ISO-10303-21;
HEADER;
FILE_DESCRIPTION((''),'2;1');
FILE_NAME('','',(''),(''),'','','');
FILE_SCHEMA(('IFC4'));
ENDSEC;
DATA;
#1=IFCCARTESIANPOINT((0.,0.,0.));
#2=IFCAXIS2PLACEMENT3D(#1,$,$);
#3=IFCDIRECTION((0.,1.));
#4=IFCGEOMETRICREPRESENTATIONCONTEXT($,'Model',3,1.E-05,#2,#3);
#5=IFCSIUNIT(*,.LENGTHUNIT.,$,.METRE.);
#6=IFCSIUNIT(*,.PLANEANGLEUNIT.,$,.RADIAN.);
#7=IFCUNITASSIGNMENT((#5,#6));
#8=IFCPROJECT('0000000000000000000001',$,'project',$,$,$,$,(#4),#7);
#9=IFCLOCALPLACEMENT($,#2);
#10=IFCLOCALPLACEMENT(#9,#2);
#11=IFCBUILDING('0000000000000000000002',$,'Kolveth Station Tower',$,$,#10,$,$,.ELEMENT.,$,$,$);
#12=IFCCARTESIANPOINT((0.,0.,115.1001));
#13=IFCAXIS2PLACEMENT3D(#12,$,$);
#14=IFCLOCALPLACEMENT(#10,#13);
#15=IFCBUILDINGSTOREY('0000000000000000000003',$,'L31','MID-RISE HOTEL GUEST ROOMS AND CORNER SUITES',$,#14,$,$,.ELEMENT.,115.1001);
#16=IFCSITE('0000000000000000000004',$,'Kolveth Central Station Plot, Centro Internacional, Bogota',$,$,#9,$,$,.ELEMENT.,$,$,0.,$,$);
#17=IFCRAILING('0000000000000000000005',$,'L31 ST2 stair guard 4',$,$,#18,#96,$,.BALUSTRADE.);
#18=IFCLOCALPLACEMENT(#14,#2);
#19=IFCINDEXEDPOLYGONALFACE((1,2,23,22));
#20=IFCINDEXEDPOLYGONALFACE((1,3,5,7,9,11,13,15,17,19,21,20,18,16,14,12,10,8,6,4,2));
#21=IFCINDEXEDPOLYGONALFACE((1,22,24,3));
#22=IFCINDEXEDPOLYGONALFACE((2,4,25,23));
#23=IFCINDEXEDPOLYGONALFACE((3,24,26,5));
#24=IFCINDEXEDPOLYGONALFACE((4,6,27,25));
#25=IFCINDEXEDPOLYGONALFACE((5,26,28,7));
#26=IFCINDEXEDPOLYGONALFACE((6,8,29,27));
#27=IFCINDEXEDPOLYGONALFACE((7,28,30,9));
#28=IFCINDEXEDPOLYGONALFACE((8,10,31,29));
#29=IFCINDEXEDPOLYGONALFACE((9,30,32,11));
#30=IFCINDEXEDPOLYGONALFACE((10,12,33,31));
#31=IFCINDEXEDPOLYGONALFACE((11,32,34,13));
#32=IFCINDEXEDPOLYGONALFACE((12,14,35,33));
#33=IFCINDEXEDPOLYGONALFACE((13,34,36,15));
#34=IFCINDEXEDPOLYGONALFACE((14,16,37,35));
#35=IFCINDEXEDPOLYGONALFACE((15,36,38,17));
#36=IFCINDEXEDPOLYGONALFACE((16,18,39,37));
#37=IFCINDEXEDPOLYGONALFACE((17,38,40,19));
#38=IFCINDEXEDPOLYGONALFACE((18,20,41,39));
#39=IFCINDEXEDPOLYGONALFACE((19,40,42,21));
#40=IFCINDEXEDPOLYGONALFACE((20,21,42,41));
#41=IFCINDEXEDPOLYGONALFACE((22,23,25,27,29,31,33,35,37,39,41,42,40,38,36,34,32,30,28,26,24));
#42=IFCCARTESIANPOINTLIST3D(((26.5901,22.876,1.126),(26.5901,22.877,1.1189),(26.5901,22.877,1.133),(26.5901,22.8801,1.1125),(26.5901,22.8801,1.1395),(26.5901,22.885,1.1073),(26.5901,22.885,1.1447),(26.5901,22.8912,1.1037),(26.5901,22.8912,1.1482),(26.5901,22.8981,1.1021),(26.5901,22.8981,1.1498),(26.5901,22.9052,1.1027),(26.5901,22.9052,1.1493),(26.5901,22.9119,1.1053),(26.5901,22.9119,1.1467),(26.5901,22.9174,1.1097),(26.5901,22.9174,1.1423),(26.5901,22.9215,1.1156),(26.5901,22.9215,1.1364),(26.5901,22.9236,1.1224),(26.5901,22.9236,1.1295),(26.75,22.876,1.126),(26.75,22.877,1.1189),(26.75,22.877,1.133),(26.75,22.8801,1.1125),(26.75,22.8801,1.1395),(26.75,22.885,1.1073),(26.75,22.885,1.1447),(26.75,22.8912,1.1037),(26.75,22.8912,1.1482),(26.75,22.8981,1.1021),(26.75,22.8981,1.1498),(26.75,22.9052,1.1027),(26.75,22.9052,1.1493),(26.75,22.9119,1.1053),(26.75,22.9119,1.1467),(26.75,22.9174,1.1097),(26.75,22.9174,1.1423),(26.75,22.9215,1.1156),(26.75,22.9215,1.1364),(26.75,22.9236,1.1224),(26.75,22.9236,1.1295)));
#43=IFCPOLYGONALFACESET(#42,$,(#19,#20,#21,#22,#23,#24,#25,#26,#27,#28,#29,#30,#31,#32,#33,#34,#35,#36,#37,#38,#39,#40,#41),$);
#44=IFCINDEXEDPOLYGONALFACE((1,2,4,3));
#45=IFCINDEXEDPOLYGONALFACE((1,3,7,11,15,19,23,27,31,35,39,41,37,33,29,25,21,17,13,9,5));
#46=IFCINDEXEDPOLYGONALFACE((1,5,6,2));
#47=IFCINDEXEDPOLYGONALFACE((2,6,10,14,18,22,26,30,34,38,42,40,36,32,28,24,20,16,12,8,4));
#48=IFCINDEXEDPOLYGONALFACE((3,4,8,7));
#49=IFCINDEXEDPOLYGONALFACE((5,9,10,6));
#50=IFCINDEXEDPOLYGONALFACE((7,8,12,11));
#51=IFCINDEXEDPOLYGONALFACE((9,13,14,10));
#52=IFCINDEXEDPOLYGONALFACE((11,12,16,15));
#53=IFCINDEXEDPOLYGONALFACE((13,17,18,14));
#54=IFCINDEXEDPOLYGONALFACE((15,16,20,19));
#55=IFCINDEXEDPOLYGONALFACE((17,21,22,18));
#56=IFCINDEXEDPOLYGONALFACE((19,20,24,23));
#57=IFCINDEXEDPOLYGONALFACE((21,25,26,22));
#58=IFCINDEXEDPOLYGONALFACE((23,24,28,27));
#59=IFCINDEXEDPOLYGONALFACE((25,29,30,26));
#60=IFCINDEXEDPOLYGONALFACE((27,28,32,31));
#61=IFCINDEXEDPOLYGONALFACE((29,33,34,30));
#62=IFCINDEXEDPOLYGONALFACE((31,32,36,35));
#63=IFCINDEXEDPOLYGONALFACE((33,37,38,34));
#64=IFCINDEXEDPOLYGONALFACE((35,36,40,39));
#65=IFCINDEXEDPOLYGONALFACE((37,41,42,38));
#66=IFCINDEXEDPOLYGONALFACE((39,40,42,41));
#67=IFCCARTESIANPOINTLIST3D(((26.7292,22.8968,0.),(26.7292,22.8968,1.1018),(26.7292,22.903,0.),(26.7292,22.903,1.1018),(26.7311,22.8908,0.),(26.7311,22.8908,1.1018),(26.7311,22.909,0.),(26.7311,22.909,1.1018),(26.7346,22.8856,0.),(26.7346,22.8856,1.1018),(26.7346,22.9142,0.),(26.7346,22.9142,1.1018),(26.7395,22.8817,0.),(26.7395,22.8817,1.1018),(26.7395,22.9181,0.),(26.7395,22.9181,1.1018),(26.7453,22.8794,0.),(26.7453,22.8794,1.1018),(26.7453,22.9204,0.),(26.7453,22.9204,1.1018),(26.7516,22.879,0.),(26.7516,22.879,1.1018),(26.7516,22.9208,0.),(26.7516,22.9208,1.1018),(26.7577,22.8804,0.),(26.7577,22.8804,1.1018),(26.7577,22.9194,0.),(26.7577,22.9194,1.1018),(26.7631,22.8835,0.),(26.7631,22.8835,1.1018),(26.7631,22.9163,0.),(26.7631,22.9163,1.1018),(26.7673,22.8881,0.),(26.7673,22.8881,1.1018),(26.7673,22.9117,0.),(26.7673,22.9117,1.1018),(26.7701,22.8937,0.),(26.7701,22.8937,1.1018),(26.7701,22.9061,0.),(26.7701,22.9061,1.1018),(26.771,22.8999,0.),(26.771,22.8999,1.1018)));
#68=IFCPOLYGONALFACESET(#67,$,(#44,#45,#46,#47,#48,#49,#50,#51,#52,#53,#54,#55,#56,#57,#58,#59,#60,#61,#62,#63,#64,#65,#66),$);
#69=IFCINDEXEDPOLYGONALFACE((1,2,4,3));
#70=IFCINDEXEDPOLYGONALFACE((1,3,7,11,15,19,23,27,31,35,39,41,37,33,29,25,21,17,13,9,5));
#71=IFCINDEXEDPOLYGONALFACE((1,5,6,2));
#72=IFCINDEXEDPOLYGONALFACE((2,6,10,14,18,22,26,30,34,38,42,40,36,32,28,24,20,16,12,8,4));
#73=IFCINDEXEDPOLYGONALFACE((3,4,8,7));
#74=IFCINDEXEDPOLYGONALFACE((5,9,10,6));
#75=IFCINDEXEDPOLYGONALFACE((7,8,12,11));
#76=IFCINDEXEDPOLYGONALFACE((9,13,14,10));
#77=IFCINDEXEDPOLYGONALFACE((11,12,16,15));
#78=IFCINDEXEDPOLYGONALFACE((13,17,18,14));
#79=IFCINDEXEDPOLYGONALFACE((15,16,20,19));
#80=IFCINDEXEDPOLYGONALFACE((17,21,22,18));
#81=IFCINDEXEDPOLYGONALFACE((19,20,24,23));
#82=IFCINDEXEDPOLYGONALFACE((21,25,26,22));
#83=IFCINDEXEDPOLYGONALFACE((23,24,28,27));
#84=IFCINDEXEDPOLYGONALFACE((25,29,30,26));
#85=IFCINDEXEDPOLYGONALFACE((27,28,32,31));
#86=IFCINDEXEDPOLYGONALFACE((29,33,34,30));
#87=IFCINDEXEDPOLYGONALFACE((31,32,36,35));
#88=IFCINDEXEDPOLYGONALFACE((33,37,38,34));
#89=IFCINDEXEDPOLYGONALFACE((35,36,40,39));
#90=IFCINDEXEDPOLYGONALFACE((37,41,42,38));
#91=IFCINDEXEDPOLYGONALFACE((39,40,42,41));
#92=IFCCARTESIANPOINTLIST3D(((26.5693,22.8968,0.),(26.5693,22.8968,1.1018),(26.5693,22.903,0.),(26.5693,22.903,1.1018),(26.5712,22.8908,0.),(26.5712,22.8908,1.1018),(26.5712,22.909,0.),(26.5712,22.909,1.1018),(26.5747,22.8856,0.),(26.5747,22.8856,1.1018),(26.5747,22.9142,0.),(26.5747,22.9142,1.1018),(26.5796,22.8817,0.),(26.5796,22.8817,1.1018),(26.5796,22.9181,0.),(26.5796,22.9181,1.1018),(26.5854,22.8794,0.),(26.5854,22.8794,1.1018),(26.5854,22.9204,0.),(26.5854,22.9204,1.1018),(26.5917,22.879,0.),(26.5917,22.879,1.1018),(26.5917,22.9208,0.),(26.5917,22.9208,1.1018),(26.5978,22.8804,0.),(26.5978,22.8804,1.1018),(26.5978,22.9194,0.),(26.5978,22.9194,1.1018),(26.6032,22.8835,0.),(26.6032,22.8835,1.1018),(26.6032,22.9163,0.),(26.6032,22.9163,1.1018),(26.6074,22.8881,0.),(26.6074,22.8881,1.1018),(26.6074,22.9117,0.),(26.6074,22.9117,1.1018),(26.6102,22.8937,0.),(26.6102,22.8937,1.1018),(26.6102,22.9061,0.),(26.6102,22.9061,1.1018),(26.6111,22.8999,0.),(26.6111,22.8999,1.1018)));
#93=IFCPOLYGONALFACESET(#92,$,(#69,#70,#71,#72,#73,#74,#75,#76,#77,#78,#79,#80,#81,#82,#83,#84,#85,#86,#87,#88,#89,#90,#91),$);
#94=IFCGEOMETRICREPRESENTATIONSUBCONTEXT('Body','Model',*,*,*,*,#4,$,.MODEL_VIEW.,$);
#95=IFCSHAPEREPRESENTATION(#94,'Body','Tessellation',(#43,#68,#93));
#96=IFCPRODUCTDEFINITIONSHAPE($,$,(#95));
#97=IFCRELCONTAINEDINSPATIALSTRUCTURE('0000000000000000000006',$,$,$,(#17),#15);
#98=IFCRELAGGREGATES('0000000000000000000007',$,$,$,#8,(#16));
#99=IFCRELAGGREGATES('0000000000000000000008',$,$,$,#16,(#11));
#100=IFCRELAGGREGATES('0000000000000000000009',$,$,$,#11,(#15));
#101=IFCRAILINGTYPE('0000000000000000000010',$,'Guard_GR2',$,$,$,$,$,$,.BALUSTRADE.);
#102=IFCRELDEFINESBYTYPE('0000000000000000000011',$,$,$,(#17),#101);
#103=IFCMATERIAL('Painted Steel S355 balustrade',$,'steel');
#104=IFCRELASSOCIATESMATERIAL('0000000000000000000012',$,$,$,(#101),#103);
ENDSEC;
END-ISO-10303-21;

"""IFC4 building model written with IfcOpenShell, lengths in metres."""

from ifc_helpers import new_model, si_unit, direction, frame, origin, origin_2d, place, context, subcontext, project, spatial, circle, extrude, material, type_object, element, save


model = new_model("IFC4")

# Units and contexts
model_context = context("Model", 3, precision=1e-05, world=origin(), true_north=direction((0.0, 1.0)))
body_context = subcontext(model_context, "Body", "Model", "MODEL_VIEW")
ifc_project = project(units=[si_unit("LENGTHUNIT", "METRE"), si_unit("PLANEANGLEUNIT", "RADIAN")], contexts=[model_context])

# Site, building, storey
site_placement = place(None, origin())
site = spatial("IfcSite", under=ifc_project, at=site_placement, Name="Kolveth Central Station Plot, Centro Internacional, Bogota", CompositionType="ELEMENT", RefElevation=0.0)
building_placement = place(site_placement, origin())
building = spatial("IfcBuilding", under=site, at=building_placement, Name="Kolveth Station Tower", CompositionType="ELEMENT")
storey_placement = place(building_placement, frame((0.0, 0.0, 115.1001)))
storey = spatial("IfcBuildingStorey", under=building, at=storey_placement, Name="L31", Description="MID-RISE HOTEL GUEST ROOMS AND CORNER SUITES", CompositionType="ELEMENT", Elevation=115.1001)

# Railing
ifc_material_1 = material(Name="Painted Steel S355 balustrade", Category="steel")
railing_type_1 = type_object("IfcRailingType", Name="Guard_GR2", PredefinedType="BALUSTRADE", material=ifc_material_1)
railing_1_placement = place(storey_placement, frame((26.75, 22.8999, 0.0)))
element("IfcRailing", 1, at=railing_1_placement, inside=storey, type_object=railing_type_1, Name="L31 ST2 stair guard 4", PredefinedType="BALUSTRADE", context=body_context, shape_type="SweptSolid", body=[
    extrude(circle(Radius=0.0239, at=origin_2d()), frame((0.0, 0.0, 1.126), z_axis=(-1.0, 0.0, 0.0), x_axis=(0.0, -1.0, 0.0)), (0.0, 0.0, 1.0), 0.1599),
    extrude(circle(Radius=0.021, at=origin_2d()), origin(), (0.0, 0.0, 1.0), 1.1018),
    extrude(circle(Radius=0.021, at=origin_2d()), frame((-0.1599, 0.0, 0.0)), (0.0, 0.0, 1.0), 1.1018),
])

save(model, "model.ifc")
